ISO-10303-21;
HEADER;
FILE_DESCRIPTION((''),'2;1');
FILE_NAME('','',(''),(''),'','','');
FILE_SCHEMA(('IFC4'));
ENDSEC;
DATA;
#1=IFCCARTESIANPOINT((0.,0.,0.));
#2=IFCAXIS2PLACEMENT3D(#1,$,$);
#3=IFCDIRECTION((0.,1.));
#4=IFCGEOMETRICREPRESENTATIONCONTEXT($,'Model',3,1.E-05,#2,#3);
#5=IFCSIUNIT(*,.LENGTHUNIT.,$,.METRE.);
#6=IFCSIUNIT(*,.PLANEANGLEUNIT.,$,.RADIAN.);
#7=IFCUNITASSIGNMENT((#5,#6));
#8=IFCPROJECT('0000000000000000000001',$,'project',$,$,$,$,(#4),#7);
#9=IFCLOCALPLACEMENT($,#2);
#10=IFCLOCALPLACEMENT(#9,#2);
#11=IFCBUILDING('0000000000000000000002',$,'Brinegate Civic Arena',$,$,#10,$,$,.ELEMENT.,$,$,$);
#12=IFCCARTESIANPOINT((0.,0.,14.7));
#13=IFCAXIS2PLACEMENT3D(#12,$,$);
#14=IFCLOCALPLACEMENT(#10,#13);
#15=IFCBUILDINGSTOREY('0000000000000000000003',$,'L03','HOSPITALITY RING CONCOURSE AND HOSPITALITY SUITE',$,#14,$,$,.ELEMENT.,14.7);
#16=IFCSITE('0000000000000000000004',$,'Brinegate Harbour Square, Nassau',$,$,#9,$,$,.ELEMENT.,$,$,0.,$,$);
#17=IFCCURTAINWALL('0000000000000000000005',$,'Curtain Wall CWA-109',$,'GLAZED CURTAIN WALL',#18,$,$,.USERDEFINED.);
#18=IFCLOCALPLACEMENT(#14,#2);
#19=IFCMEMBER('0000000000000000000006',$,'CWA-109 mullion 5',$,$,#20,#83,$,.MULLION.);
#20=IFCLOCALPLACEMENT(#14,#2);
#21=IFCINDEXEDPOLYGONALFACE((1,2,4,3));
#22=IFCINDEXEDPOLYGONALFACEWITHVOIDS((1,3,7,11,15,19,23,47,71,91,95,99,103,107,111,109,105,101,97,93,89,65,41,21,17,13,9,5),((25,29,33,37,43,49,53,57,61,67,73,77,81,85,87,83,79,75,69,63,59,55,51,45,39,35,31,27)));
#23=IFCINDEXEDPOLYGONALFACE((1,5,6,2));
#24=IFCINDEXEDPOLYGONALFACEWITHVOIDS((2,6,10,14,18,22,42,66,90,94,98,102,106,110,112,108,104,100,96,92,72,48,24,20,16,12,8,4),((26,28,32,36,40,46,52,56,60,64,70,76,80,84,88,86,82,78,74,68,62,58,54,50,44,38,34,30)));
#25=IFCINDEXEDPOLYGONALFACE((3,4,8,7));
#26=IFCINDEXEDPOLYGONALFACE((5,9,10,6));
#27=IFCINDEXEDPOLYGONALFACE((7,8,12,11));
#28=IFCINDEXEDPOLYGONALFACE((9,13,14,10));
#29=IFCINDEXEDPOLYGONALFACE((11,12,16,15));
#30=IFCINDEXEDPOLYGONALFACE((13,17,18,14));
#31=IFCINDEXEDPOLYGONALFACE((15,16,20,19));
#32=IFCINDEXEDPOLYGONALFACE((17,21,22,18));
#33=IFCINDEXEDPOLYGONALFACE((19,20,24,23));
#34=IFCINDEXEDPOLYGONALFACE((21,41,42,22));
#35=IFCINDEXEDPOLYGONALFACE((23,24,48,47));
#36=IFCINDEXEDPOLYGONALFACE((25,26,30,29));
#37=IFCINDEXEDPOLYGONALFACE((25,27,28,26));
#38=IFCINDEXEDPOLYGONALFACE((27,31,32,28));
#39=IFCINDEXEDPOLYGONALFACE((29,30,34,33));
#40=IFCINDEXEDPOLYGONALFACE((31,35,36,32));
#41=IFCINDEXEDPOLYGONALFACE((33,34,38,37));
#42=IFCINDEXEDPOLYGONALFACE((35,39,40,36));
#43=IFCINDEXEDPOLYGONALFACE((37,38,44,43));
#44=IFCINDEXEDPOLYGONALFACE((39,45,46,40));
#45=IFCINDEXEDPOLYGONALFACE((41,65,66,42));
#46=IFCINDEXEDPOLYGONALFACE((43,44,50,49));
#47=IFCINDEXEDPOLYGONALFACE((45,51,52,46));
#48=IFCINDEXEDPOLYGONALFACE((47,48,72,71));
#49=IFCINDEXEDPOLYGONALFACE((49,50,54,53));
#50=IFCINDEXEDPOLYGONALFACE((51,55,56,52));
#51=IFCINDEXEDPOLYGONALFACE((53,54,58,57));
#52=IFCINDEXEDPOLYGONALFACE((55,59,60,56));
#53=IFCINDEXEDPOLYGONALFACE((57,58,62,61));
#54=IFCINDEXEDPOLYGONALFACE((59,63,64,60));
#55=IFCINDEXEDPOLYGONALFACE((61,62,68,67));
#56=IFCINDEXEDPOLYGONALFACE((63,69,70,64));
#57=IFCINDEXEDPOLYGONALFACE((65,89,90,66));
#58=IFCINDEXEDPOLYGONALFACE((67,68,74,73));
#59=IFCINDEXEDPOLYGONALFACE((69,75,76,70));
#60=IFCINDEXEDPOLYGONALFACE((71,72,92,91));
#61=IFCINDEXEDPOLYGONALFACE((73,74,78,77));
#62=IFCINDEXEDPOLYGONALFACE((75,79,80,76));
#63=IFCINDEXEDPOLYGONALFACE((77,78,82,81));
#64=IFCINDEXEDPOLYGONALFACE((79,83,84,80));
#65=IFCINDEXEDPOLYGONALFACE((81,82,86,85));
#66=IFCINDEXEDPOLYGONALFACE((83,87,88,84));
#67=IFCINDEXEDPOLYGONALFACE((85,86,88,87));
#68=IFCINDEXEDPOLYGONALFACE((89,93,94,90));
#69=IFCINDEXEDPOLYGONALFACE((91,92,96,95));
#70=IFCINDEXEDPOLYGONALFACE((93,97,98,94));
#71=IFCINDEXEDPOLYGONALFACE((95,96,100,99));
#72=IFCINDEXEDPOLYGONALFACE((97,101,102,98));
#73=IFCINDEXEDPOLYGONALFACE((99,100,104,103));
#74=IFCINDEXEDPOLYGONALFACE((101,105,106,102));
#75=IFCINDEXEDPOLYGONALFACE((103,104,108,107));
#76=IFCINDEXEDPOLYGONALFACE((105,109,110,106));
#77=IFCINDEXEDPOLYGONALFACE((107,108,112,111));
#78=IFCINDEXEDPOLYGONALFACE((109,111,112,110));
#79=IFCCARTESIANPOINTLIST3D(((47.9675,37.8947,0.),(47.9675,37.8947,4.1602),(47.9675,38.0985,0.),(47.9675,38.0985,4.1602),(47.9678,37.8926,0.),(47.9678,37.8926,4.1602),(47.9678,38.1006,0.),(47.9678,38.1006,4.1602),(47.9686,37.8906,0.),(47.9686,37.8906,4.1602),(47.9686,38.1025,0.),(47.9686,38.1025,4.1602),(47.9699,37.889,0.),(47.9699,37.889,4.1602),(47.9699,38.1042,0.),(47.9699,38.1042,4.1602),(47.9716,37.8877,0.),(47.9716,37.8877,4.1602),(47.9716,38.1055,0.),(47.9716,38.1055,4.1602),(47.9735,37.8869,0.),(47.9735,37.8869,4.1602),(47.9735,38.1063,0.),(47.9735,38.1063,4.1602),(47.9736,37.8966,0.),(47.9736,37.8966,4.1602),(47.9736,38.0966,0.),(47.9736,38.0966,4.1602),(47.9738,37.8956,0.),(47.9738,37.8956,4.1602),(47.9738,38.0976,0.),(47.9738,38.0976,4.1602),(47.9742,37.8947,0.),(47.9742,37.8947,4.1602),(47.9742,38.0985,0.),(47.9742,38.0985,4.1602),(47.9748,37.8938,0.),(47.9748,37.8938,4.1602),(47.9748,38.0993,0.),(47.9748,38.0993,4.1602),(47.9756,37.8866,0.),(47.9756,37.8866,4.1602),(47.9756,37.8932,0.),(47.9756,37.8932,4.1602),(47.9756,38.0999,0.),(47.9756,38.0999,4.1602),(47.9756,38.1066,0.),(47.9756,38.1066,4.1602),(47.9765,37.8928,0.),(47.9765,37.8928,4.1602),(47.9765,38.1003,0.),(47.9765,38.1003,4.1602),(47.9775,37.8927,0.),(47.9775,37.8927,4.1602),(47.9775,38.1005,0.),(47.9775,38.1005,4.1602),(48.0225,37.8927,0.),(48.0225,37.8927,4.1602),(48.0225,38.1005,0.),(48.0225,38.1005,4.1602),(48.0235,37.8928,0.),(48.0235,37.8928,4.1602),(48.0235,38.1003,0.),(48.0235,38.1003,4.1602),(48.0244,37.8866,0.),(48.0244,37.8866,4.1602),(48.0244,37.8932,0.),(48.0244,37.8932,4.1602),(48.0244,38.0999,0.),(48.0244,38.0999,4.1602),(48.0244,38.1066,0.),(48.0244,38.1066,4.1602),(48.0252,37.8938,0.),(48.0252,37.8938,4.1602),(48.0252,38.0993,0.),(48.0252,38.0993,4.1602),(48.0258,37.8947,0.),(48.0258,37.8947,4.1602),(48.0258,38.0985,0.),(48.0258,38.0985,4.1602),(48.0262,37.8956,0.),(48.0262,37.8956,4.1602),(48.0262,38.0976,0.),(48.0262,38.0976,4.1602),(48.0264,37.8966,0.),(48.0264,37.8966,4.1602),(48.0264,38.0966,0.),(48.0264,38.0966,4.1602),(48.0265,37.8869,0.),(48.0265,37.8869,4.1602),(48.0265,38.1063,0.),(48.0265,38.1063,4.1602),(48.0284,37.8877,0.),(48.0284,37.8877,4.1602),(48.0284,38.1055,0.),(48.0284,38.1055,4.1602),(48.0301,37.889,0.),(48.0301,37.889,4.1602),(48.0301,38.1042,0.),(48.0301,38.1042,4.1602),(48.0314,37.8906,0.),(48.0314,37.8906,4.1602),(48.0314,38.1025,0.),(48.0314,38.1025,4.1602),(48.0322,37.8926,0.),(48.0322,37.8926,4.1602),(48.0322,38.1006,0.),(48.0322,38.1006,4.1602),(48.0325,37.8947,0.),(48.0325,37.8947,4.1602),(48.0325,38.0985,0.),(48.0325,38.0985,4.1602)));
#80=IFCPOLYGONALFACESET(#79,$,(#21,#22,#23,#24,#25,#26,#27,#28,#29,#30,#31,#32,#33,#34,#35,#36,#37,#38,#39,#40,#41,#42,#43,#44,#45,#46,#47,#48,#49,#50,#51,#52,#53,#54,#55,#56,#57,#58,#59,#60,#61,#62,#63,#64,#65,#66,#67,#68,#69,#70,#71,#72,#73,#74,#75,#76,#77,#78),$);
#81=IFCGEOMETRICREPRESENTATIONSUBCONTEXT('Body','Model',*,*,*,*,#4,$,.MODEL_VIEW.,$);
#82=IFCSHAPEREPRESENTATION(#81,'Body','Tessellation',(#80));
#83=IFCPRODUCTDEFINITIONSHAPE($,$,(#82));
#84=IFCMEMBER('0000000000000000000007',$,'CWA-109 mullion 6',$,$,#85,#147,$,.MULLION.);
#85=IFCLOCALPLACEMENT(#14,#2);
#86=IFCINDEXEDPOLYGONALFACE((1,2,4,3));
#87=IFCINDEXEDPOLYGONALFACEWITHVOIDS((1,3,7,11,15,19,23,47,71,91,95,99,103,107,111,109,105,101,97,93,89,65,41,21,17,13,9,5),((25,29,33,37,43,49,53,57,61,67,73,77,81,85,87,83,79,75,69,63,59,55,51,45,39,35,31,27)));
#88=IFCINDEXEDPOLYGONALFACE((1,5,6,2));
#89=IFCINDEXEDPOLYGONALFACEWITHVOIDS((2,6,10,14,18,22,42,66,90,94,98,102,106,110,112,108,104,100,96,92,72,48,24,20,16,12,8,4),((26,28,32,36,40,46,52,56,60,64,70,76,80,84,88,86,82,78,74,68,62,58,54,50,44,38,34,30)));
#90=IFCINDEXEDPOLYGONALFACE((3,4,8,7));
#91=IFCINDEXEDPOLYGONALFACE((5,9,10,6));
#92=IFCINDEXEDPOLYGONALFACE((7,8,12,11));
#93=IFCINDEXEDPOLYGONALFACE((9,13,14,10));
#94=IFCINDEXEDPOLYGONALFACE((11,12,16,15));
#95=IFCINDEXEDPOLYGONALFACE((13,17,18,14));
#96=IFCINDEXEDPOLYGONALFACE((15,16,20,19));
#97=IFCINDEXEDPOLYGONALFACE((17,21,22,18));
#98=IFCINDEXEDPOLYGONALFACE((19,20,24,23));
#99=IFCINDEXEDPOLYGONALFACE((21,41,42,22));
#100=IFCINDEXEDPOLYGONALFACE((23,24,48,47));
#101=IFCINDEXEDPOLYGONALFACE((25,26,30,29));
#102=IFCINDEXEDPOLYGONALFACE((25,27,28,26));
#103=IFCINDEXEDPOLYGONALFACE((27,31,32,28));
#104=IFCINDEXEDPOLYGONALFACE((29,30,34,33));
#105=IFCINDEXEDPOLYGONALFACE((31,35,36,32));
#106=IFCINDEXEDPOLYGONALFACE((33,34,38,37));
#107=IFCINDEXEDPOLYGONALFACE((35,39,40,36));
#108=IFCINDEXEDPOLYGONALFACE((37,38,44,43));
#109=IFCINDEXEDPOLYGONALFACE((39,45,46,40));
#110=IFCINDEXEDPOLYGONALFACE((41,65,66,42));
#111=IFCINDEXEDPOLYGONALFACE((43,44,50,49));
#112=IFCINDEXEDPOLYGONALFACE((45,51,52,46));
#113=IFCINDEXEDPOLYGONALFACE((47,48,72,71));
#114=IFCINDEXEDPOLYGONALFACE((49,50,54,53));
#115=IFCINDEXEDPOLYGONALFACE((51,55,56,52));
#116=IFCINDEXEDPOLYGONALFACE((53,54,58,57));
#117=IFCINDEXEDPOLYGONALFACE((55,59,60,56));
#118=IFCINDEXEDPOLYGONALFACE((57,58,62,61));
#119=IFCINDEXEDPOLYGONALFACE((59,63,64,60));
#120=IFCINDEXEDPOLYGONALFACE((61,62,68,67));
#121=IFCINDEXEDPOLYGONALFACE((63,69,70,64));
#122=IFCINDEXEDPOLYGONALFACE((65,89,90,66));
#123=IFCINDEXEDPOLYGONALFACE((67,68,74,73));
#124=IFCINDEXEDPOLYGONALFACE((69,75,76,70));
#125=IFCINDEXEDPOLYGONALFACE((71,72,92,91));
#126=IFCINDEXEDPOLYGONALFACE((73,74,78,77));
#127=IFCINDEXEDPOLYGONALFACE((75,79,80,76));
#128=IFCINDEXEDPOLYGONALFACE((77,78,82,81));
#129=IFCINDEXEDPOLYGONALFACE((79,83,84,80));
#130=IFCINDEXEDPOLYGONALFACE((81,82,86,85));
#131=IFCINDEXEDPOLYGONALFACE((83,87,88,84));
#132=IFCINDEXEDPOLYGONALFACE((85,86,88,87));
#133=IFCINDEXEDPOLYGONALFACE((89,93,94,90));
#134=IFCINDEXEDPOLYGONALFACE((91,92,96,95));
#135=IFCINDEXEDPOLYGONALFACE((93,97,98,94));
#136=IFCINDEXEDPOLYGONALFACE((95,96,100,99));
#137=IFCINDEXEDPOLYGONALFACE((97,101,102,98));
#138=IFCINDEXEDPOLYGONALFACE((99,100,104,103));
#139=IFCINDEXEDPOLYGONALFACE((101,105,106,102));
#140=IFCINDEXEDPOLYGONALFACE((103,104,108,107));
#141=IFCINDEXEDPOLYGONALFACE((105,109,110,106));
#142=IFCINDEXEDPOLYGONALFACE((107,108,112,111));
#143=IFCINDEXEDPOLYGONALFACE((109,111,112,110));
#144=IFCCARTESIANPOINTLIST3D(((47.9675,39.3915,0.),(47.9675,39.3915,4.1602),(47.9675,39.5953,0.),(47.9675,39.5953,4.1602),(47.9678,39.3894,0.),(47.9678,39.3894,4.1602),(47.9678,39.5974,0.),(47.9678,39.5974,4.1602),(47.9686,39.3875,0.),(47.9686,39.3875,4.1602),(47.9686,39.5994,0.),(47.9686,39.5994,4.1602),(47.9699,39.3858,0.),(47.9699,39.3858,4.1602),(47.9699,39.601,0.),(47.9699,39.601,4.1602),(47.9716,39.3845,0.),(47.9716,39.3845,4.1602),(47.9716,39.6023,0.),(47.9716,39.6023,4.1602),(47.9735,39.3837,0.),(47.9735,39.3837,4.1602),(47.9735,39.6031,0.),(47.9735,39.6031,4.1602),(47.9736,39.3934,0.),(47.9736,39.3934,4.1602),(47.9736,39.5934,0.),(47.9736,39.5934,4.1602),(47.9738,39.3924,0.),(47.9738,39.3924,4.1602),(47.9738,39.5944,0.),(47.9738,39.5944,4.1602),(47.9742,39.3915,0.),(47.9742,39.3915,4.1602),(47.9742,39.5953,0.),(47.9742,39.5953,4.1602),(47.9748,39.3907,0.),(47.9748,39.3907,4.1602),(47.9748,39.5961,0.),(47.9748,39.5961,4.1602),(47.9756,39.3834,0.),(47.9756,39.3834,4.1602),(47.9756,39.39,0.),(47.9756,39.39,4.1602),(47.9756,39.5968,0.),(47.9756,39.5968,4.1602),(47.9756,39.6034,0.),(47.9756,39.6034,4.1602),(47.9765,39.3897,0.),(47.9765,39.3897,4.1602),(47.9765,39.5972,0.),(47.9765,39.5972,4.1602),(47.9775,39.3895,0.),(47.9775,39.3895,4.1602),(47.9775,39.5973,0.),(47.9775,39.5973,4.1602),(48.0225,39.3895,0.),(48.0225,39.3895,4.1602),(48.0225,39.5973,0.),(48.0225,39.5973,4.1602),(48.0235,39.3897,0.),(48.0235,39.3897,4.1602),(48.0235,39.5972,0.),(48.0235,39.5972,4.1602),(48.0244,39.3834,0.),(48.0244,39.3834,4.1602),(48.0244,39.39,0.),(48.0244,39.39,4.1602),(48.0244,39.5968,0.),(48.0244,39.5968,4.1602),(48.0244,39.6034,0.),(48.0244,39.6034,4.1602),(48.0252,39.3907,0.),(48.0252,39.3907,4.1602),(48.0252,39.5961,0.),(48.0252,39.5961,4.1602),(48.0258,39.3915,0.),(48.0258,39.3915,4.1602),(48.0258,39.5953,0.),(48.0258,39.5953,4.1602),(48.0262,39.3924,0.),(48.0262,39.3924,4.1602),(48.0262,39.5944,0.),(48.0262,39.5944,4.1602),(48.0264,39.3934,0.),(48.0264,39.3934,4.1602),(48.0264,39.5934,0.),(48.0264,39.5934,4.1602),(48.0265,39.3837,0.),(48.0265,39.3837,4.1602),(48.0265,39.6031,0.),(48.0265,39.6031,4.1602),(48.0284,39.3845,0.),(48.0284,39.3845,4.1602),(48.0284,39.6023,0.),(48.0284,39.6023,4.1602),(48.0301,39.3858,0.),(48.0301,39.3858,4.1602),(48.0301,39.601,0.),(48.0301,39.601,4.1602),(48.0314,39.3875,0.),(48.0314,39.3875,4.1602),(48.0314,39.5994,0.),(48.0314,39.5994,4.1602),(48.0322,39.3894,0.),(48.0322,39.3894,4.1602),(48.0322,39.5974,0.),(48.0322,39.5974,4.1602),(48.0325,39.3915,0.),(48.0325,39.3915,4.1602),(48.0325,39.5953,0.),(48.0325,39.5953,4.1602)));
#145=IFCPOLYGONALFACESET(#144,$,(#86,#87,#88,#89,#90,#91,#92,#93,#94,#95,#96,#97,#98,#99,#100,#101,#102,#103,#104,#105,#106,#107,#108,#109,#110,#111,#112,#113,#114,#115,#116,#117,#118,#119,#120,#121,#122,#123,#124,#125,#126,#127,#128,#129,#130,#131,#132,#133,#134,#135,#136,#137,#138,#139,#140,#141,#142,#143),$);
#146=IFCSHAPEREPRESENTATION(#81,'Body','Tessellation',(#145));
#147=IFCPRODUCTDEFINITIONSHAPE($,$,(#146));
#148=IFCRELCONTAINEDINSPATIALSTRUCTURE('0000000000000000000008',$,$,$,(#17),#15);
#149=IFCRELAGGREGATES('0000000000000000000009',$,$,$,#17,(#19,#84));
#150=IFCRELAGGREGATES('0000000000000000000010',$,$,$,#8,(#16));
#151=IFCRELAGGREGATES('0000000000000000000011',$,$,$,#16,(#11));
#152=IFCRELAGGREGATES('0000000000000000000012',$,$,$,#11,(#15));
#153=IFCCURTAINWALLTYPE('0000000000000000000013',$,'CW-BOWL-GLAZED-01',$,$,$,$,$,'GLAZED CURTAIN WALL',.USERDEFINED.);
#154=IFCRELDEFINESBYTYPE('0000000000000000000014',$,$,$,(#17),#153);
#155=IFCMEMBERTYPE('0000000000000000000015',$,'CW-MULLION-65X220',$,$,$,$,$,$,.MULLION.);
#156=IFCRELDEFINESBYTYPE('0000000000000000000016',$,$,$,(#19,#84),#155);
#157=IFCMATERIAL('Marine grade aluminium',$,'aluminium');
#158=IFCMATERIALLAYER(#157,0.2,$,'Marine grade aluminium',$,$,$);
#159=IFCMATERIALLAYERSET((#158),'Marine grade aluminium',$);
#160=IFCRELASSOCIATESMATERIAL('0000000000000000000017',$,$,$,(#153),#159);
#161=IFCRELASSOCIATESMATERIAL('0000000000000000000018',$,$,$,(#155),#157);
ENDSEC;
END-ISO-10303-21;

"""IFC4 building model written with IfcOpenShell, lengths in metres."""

from ifc_helpers import new_model, si_unit, direction, frame, origin, origin_2d, place, context, subcontext, project, spatial, hollow_rectangle, extrude, material, layer, layer_set, material_profile, profile_set, type_object, element, aggregate, save


model = new_model("IFC4")

# Units and contexts
model_context = context("Model", 3, precision=1e-05, world=origin(), true_north=direction((0.0, 1.0)))
body_context = subcontext(model_context, "Body", "Model", "MODEL_VIEW")
ifc_project = project(units=[si_unit("LENGTHUNIT", "METRE"), si_unit("PLANEANGLEUNIT", "RADIAN")], contexts=[model_context])

# Site, building, storey
site_placement = place(None, origin())
site = spatial("IfcSite", under=ifc_project, at=site_placement, Name="Brinegate Harbour Square, Nassau", CompositionType="ELEMENT", RefElevation=0.0)
building_placement = place(site_placement, origin())
building = spatial("IfcBuilding", under=site, at=building_placement, Name="Brinegate Civic Arena", CompositionType="ELEMENT")
storey_placement = place(building_placement, frame((0.0, 0.0, 14.7)))
storey = spatial("IfcBuildingStorey", under=building, at=storey_placement, Name="L03", Description="HOSPITALITY RING CONCOURSE AND HOSPITALITY SUITE", CompositionType="ELEMENT", Elevation=14.7)

# Curtain wall, members
ifc_material_1 = material(Name="Marine grade aluminium", Category="aluminium")
ifc_layer_1 = layer(ifc_material_1, 0.2, Name="Marine grade aluminium")
ifc_layer_set_1 = layer_set([ifc_layer_1], Name="Marine grade aluminium")
curtain_wall_type = type_object("IfcCurtainWallType", Name="CW-BOWL-GLAZED-01", ElementType="GLAZED CURTAIN WALL", PredefinedType="USERDEFINED", material=ifc_layer_set_1)
curtain_wall_1_placement = place(storey_placement, origin())
curtain_wall_1 = element("IfcCurtainWall", 1, at=curtain_wall_1_placement, inside=storey, type_object=curtain_wall_type, Name="Curtain Wall CWA-109", ObjectType="GLAZED CURTAIN WALL", PredefinedType="USERDEFINED")
ifc_material_profile_1 = material_profile(ifc_material_1, hollow_rectangle(XDim=0.0649, YDim=0.22, WallThickness=0.0061, InnerFilletRadius=0.0039, OuterFilletRadius=0.0081, at=origin_2d()), Name="MUL65X220")
ifc_profile_set_1 = profile_set([ifc_material_profile_1], Name="Marine grade aluminium")
member_type_1 = type_object("IfcMemberType", Name="CW-MULLION-65X220", PredefinedType="MULLION", material=ifc_profile_set_1)
member_1_placement = place(storey_placement, frame((48.0, 37.9966, 0.0), z_axis=(0.0, 0.0, 1.0), x_axis=(-1.0, 0.0, 0.0)))
member_1 = element("IfcMember", 2, at=member_1_placement, type_object=member_type_1, Name="CWA-109 mullion 5", PredefinedType="MULLION", context=body_context, shape_type="SweptSolid", body=[
    extrude(hollow_rectangle(XDim=0.0649, YDim=0.22, WallThickness=0.0061, InnerFilletRadius=0.0039, OuterFilletRadius=0.0081, at=origin_2d()), origin(), (0.0, 0.0, 1.0), 4.1602),
])
member_2_placement = place(storey_placement, frame((48.0, 39.4934, 0.0), z_axis=(0.0, 0.0, 1.0), x_axis=(-1.0, 0.0, 0.0)))
member_2 = element("IfcMember", 3, at=member_2_placement, type_object=member_type_1, Name="CWA-109 mullion 6", PredefinedType="MULLION", context=body_context, shape_type="SweptSolid", body=[
    extrude(hollow_rectangle(XDim=0.0649, YDim=0.22, WallThickness=0.0061, InnerFilletRadius=0.0039, OuterFilletRadius=0.0081, at=origin_2d()), origin(), (0.0, 0.0, 1.0), 4.1602),
])

aggregate(curtain_wall_1, [member_1, member_2])

save(model, "model.ifc")
